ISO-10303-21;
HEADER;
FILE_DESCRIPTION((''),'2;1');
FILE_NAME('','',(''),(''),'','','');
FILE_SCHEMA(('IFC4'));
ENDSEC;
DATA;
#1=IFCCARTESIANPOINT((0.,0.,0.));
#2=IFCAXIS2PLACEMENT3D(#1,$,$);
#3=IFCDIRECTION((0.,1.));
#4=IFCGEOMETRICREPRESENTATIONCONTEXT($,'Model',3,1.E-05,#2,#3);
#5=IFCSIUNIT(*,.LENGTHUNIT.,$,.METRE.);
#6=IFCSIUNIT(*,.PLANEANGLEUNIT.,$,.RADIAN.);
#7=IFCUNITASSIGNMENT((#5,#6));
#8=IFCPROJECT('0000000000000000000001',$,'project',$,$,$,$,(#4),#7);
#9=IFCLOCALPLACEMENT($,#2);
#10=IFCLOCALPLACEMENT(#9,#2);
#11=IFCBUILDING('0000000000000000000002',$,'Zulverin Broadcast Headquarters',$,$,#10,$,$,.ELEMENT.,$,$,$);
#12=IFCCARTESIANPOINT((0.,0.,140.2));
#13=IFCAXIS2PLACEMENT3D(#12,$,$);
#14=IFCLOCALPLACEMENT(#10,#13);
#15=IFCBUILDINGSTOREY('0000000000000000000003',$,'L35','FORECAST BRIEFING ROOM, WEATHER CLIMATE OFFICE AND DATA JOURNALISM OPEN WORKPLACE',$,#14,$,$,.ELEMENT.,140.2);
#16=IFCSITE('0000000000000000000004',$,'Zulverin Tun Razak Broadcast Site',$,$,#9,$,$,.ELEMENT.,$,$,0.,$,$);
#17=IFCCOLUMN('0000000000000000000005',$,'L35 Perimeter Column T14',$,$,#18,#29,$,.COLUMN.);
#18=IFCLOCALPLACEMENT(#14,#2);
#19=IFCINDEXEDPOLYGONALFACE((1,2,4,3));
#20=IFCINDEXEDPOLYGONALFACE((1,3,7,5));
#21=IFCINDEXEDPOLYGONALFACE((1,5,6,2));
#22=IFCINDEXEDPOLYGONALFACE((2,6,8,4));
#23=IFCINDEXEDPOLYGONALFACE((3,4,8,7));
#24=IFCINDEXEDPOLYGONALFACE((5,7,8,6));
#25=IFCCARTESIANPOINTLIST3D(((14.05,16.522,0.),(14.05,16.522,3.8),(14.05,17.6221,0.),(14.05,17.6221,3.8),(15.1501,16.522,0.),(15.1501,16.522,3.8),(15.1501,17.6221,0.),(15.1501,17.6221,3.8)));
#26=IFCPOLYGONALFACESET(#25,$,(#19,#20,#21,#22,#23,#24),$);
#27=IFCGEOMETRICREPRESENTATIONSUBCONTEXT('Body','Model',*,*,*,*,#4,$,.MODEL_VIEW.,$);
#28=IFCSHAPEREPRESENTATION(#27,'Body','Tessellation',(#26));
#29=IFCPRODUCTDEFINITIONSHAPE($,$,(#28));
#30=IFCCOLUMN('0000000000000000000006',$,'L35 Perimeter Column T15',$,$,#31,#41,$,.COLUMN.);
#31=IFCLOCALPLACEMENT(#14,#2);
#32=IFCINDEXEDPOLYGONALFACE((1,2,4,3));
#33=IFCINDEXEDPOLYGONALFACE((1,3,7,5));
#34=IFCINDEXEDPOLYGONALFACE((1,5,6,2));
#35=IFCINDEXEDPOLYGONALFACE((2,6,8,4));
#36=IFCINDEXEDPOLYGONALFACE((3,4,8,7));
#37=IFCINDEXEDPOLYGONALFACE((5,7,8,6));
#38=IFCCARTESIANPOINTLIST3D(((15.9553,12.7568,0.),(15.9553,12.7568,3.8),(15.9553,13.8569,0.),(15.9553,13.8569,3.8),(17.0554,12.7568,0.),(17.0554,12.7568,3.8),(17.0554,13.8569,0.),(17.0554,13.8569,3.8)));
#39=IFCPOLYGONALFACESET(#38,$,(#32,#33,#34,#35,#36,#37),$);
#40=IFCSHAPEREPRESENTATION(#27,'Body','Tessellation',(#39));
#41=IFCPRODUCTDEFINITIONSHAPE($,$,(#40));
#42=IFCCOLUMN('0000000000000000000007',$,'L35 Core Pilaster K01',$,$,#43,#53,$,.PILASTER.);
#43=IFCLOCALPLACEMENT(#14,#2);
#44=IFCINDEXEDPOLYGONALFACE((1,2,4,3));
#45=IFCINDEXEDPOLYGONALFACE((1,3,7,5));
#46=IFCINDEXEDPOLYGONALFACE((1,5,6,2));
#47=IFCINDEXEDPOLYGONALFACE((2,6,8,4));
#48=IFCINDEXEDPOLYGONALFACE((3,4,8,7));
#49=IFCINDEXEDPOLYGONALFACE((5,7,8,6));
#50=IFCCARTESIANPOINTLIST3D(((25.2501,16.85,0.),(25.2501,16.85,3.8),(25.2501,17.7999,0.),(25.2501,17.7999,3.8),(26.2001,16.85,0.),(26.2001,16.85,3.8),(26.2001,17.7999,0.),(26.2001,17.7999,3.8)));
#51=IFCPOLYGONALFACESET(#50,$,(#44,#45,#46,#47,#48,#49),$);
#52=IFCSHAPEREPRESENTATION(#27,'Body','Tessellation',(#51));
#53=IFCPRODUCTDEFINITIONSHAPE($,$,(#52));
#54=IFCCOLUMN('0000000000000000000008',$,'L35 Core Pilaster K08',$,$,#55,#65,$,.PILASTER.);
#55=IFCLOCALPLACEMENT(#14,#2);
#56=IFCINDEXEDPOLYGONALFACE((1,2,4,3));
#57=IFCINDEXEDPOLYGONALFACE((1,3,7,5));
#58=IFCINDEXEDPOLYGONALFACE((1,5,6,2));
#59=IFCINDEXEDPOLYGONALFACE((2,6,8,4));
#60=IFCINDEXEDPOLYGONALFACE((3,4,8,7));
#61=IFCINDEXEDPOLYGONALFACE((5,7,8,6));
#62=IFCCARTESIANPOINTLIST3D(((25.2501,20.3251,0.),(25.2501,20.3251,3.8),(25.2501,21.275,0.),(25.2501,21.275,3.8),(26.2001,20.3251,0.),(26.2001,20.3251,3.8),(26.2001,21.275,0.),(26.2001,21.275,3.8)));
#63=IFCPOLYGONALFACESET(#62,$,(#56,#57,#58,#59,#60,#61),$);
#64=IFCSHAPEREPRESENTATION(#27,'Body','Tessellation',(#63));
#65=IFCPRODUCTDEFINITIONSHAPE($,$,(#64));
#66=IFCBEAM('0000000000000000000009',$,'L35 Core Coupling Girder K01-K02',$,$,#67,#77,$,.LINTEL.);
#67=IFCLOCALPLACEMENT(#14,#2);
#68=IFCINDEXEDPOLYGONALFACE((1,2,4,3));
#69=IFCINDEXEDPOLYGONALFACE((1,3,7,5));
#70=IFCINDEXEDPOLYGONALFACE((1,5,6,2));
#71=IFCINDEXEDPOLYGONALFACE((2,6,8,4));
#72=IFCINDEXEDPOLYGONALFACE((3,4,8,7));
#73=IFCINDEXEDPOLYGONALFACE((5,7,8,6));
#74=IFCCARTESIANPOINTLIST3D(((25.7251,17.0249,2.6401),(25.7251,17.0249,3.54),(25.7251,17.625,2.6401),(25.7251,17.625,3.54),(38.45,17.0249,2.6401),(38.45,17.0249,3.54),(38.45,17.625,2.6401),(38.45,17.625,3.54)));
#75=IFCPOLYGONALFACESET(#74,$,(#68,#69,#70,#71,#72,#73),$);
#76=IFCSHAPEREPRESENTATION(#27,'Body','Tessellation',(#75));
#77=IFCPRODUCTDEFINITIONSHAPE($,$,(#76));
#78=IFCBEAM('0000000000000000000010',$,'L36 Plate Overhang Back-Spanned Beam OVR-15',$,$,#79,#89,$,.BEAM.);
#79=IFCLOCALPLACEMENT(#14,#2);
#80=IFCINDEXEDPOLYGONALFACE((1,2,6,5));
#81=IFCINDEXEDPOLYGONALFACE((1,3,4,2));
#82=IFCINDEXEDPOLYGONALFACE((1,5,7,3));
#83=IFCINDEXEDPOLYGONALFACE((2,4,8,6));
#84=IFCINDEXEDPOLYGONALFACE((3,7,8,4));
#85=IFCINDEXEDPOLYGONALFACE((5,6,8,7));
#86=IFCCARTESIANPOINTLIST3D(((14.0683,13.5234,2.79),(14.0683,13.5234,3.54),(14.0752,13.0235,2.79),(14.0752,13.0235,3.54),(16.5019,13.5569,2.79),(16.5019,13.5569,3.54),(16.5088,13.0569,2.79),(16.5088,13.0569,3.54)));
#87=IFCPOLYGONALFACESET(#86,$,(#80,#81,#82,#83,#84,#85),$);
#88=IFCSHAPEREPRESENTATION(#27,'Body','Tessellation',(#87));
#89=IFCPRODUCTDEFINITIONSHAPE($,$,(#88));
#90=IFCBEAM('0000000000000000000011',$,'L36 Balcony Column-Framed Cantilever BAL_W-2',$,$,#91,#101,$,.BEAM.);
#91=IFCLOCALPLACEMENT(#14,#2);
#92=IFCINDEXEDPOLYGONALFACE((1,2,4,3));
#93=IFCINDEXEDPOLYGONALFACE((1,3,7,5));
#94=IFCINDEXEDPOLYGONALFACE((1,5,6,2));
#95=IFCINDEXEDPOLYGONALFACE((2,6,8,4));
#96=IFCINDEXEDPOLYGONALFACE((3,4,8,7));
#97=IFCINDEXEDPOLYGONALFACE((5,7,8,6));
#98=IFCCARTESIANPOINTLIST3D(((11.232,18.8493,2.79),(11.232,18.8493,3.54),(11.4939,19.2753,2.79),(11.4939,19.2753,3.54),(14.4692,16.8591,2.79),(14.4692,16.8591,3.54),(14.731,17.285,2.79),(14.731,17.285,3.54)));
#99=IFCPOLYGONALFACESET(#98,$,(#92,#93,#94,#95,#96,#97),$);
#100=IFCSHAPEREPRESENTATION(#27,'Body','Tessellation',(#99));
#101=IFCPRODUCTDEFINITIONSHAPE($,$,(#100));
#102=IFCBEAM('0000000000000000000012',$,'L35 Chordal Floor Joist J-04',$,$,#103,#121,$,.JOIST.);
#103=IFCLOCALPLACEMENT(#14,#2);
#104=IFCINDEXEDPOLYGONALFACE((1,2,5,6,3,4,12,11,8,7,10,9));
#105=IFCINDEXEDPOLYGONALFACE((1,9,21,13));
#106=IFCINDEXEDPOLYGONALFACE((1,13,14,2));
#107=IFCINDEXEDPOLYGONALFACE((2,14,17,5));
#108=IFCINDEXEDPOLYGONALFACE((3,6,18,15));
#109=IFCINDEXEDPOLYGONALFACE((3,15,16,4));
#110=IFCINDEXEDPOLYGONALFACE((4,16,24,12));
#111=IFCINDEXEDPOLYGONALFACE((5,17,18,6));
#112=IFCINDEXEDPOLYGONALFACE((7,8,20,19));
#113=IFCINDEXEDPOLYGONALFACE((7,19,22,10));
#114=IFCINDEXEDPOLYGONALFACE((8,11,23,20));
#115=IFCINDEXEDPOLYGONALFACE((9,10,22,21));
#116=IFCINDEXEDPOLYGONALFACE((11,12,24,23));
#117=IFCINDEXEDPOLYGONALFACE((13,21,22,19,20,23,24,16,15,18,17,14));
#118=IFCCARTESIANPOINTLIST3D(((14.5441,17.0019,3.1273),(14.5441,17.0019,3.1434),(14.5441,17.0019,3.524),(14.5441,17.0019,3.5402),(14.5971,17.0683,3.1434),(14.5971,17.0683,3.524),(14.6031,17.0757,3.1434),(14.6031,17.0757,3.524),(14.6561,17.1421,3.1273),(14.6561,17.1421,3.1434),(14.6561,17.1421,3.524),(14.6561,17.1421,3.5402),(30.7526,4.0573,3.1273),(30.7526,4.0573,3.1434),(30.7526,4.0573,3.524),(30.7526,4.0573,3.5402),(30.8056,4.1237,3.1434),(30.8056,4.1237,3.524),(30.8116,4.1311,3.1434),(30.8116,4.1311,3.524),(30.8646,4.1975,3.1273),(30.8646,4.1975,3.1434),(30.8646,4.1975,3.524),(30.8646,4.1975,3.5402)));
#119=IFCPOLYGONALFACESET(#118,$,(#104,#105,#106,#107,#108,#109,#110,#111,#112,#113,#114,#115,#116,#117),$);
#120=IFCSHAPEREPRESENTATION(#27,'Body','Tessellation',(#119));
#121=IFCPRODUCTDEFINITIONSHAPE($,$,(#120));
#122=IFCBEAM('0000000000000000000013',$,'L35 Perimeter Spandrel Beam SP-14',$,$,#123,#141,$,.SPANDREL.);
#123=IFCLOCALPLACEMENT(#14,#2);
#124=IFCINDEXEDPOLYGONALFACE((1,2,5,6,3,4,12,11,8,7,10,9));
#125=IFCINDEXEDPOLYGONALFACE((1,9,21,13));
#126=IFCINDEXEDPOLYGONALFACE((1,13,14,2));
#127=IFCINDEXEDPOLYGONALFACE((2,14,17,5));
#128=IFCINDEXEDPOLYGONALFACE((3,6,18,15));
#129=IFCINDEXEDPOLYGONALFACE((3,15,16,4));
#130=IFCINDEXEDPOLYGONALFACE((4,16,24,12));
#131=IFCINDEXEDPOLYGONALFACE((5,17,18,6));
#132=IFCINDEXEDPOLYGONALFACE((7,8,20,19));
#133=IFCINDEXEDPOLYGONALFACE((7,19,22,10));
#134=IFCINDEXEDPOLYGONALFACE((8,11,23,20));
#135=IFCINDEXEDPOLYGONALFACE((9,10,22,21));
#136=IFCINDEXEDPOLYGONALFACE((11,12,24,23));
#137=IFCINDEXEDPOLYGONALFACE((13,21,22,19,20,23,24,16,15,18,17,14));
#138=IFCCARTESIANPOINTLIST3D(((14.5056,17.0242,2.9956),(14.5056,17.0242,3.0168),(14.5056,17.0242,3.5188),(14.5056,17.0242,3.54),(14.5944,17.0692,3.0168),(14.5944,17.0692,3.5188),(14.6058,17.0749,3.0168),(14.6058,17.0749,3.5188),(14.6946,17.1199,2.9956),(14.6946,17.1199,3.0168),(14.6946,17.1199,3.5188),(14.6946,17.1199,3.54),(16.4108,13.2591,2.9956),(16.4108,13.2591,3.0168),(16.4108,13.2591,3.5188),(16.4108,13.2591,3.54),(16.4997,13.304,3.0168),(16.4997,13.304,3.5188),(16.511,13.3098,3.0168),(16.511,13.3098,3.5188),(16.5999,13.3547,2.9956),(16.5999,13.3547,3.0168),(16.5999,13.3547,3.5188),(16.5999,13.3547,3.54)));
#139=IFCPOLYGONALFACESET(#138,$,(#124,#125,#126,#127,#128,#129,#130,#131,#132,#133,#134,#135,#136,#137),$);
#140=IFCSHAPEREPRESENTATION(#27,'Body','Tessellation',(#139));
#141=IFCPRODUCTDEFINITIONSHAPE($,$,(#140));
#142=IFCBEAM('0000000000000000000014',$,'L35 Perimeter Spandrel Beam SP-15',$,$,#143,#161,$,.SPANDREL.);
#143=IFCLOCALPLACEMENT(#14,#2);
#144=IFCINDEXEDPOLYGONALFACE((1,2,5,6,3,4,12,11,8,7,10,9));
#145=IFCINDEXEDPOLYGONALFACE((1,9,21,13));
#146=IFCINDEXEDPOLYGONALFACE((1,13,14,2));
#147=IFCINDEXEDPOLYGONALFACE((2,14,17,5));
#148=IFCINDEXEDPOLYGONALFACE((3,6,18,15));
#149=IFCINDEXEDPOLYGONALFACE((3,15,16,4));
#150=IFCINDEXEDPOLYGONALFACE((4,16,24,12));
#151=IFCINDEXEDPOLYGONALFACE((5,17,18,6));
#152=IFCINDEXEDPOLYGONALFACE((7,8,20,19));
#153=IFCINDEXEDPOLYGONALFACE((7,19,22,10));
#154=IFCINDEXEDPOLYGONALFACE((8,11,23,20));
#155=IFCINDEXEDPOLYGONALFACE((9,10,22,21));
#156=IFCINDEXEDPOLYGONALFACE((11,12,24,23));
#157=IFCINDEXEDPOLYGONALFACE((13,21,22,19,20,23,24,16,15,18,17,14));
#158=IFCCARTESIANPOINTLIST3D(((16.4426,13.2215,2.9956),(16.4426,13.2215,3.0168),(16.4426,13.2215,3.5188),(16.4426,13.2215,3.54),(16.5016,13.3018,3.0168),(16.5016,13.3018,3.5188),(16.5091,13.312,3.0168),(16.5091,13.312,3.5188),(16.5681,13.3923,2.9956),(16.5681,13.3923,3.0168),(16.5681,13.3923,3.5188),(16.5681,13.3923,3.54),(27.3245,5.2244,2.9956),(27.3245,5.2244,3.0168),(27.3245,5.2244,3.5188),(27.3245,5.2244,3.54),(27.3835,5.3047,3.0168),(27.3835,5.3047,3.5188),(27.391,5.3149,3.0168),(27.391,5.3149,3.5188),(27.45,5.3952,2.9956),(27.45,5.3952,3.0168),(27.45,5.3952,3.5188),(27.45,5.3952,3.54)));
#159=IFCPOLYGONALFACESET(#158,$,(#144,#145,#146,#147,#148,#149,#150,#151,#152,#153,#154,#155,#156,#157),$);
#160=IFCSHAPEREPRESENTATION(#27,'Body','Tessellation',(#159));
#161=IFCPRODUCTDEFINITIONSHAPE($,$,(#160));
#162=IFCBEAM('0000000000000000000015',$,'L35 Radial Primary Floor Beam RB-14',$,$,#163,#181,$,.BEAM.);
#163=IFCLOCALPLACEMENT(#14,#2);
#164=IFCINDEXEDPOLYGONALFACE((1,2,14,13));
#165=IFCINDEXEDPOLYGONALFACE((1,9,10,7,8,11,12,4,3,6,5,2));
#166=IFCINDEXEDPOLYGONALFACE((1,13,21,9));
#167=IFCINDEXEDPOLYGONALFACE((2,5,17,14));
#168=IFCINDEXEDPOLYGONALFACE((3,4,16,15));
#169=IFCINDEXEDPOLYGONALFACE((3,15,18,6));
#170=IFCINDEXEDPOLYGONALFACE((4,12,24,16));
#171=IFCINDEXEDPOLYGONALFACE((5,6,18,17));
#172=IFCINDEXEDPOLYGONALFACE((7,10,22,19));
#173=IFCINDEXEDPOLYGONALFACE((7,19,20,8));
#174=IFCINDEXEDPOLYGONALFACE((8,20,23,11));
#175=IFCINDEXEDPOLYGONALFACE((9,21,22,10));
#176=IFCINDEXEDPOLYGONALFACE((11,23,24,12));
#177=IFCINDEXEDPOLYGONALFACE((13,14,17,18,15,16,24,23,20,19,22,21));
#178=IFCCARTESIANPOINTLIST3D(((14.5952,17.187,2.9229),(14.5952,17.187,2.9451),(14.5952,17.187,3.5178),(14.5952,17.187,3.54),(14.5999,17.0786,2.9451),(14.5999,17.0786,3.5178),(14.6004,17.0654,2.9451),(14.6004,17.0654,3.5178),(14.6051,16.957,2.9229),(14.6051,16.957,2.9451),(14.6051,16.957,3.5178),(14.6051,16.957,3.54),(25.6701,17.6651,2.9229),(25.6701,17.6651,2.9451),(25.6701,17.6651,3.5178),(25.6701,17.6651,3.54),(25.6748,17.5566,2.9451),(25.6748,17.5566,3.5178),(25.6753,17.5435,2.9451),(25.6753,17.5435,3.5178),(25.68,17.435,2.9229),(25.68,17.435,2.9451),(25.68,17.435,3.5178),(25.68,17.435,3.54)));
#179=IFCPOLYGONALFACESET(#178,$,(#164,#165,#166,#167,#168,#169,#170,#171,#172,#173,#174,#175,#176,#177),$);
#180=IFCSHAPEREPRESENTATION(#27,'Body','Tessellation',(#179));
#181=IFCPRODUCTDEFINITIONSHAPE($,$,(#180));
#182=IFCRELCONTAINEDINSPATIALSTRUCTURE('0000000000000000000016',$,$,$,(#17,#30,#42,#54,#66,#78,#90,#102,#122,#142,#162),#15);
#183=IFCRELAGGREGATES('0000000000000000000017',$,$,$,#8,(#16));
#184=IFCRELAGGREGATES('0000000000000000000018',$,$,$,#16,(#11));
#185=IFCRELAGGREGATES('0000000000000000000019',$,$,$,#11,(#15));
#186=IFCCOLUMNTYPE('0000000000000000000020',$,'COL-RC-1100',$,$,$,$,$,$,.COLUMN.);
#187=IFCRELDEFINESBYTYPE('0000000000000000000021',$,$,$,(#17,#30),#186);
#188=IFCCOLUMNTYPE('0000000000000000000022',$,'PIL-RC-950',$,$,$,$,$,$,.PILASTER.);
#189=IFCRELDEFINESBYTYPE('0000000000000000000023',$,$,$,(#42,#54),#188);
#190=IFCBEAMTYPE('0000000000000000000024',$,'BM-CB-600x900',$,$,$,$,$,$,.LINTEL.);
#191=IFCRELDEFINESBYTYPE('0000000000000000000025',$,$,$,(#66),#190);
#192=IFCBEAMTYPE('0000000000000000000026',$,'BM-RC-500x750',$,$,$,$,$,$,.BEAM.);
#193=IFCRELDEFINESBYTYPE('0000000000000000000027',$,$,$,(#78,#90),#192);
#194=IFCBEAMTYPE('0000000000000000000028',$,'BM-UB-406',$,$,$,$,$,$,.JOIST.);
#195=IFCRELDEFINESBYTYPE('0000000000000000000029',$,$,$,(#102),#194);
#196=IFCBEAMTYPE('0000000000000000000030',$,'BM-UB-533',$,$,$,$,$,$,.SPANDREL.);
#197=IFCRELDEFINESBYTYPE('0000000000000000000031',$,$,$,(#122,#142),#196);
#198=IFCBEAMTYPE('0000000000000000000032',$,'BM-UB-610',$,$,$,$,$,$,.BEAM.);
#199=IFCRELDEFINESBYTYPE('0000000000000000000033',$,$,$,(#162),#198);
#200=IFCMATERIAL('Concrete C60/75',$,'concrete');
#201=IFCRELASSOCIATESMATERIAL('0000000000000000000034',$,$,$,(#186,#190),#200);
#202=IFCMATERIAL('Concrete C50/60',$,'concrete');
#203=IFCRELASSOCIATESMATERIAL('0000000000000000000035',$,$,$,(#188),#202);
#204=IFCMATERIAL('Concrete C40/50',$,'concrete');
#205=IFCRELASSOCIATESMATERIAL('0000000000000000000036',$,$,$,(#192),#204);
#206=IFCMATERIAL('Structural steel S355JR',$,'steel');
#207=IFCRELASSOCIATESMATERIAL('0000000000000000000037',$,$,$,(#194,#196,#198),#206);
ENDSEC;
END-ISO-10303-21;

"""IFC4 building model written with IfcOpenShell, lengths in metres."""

from ifc_helpers import new_model, si_unit, direction, frame, origin, origin_2d, place, context, subcontext, project, spatial, rectangle, i_section, extrude, material, material_profile, profile_set, type_object, element, save


model = new_model("IFC4")

# Units and contexts
model_context = context("Model", 3, precision=1e-05, world=origin(), true_north=direction((0.0, 1.0)))
body_context = subcontext(model_context, "Body", "Model", "MODEL_VIEW")
ifc_project = project(units=[si_unit("LENGTHUNIT", "METRE"), si_unit("PLANEANGLEUNIT", "RADIAN")], contexts=[model_context])

# Site, building, storey
site_placement = place(None, origin())
site = spatial("IfcSite", under=ifc_project, at=site_placement, Name="Zulverin Tun Razak Broadcast Site", CompositionType="ELEMENT", RefElevation=0.0)
building_placement = place(site_placement, origin())
building = spatial("IfcBuilding", under=site, at=building_placement, Name="Zulverin Broadcast Headquarters", CompositionType="ELEMENT")
storey_placement = place(building_placement, frame((0.0, 0.0, 140.2)))
storey = spatial("IfcBuildingStorey", under=building, at=storey_placement, Name="L35", Description="FORECAST BRIEFING ROOM, WEATHER CLIMATE OFFICE AND DATA JOURNALISM OPEN WORKPLACE", CompositionType="ELEMENT", Elevation=140.2)

# Columns
ifc_material_1 = material(Name="Concrete C60/75", Category="concrete")
ifc_material_profile_1 = material_profile(ifc_material_1, rectangle(XDim=1.1001, YDim=1.1001, at=origin_2d()), Name="Concrete C60/75", Category="concrete")
ifc_profile_set_1 = profile_set([ifc_material_profile_1], Name="Concrete C60/75")
column_type_1 = type_object("IfcColumnType", Name="COL-RC-1100", PredefinedType="COLUMN", material=ifc_profile_set_1)
for number, where, z_axis, x_axis, name in (
    (1, (14.6001, 17.072, 0.0), (0.0, 0.0, 1.0), (1.0, 0.0, 0.0), "L35 Perimeter Column T14"),
    (2, (16.5054, 13.3069, 0.0), (0.0, 0.0, 1.0), (1.0, 0.0, 0.0), "L35 Perimeter Column T15"),
):
    element("IfcColumn", number, at=place(storey_placement, frame(where, z_axis=z_axis, x_axis=x_axis)), inside=storey, type_object=column_type_1, Name=name, PredefinedType="COLUMN", context=body_context, shape_type="SweptSolid", body=[
        extrude(rectangle(XDim=1.1001, YDim=1.1001, at=origin_2d()), origin(), (0.0, 0.0, 1.0), 3.8),
    ])
ifc_material_2 = material(Name="Concrete C50/60", Category="concrete")
ifc_material_profile_2 = material_profile(ifc_material_2, rectangle(XDim=0.95, YDim=0.95, at=origin_2d()), Name="Concrete C50/60", Category="concrete")
ifc_profile_set_2 = profile_set([ifc_material_profile_2], Name="Concrete C50/60")
column_type_2 = type_object("IfcColumnType", Name="PIL-RC-950", PredefinedType="PILASTER", material=ifc_profile_set_2)
for number, where, z_axis, x_axis, name in (
    (3, (25.7251, 17.325, 0.0), (0.0, 0.0, 1.0), (1.0, 0.0, 0.0), "L35 Core Pilaster K01"),
    (4, (25.7251, 20.8, 0.0), (0.0, 0.0, 1.0), (1.0, 0.0, 0.0), "L35 Core Pilaster K08"),
):
    element("IfcColumn", number, at=place(storey_placement, frame(where, z_axis=z_axis, x_axis=x_axis)), inside=storey, type_object=column_type_2, Name=name, PredefinedType="PILASTER", context=body_context, shape_type="SweptSolid", body=[
        extrude(rectangle(XDim=0.95, YDim=0.95, at=origin_2d()), origin(), (0.0, 0.0, 1.0), 3.8),
    ])

# Beams
ifc_material_profile_3 = material_profile(ifc_material_1, rectangle(XDim=0.6001, YDim=0.8999, at=origin_2d()), Name="Concrete C60/75", Category="concrete")
ifc_profile_set_3 = profile_set([ifc_material_profile_3], Name="Concrete C60/75")
beam_type_1 = type_object("IfcBeamType", Name="BM-CB-600x900", PredefinedType="LINTEL", material=ifc_profile_set_3)
beam_1_placement = place(storey_placement, frame((25.7251, 17.325, 3.0901), z_axis=(1.0, 0.0, 0.0), x_axis=(0.0, 1.0, 0.0)))
element("IfcBeam", 5, at=beam_1_placement, inside=storey, type_object=beam_type_1, Name="L35 Core Coupling Girder K01-K02", PredefinedType="LINTEL", context=body_context, shape_type="SweptSolid", body=[
    extrude(rectangle(XDim=0.6001, YDim=0.8999, at=origin_2d()), origin(), (0.0, 0.0, 1.0), 12.7249),
])
ifc_material_3 = material(Name="Concrete C40/50", Category="concrete")
ifc_material_profile_4 = material_profile(ifc_material_3, rectangle(XDim=0.5, YDim=0.75, at=origin_2d()), Name="Concrete C40/50", Category="concrete")
ifc_profile_set_4 = profile_set([ifc_material_profile_4], Name="Concrete C40/50")
beam_type_2 = type_object("IfcBeamType", Name="BM-RC-500x750", PredefinedType="BEAM", material=ifc_profile_set_4)
beam_2_placement = place(storey_placement, frame((16.5054, 13.3069, 3.165), z_axis=(-0.999906, -0.013743, 0.0), x_axis=(0.013743, -0.999906, 0.0)))
element("IfcBeam", 6, at=beam_2_placement, inside=storey, type_object=beam_type_2, Name="L36 Plate Overhang Back-Spanned Beam OVR-15", PredefinedType="BEAM", context=body_context, shape_type="SweptSolid", body=[
    extrude(rectangle(XDim=0.5, YDim=0.75, at=origin_2d()), origin(), (0.0, 0.0, 1.0), 2.4338),
])
beam_3_placement = place(storey_placement, frame((14.6001, 17.072, 3.165), z_axis=(-0.85187, 0.523753, 0.0), x_axis=(-0.523753, -0.85187, 0.0)))
element("IfcBeam", 7, at=beam_3_placement, inside=storey, type_object=beam_type_2, Name="L36 Balcony Column-Framed Cantilever BAL_W-2", PredefinedType="BEAM", context=body_context, shape_type="SweptSolid", body=[
    extrude(rectangle(XDim=0.5, YDim=0.75, at=origin_2d()), origin(), (0.0, 0.0, 1.0), 3.8),
])
ifc_material_4 = material(Name="Structural steel S355JR", Category="steel")
ifc_material_profile_5 = material_profile(ifc_material_4, i_section(OverallWidth=0.1794, OverallDepth=0.4128, WebThickness=0.0095, FlangeThickness=0.0161, at=origin_2d()), Name="Structural steel S355JR", Category="steel")
ifc_profile_set_5 = profile_set([ifc_material_profile_5], Name="Structural steel S355JR")
beam_type_3 = type_object("IfcBeamType", Name="BM-UB-406", PredefinedType="JOIST", material=ifc_profile_set_5)
beam_4_placement = place(storey_placement, frame((14.6001, 17.072, 3.3337), z_axis=(0.781391, -0.624042, 0.0), x_axis=(0.624042, 0.781391, 0.0)))
element("IfcBeam", 8, at=beam_4_placement, inside=storey, type_object=beam_type_3, Name="L35 Chordal Floor Joist J-04", PredefinedType="JOIST", context=body_context, shape_type="SweptSolid", body=[
    extrude(i_section(OverallWidth=0.1794, OverallDepth=0.4128, WebThickness=0.0095, FlangeThickness=0.0161, at=origin_2d()), origin(), (0.0, 0.0, 1.0), 20.7432),
])
ifc_material_profile_6 = material_profile(ifc_material_4, i_section(OverallWidth=0.2119, OverallDepth=0.5444, WebThickness=0.0127, FlangeThickness=0.0212, at=origin_2d()), Name="Structural steel S355JR", Category="steel")
ifc_profile_set_6 = profile_set([ifc_material_profile_6], Name="Structural steel S355JR")
beam_type_4 = type_object("IfcBeamType", Name="BM-UB-533", PredefinedType="SPANDREL", material=ifc_profile_set_6)
beam_5_placement = place(storey_placement, frame((14.6001, 17.072, 3.2678), z_axis=(0.451513, -0.892265, 0.0), x_axis=(0.892265, 0.451513, 0.0)))
element("IfcBeam", 9, at=beam_5_placement, inside=storey, type_object=beam_type_4, Name="L35 Perimeter Spandrel Beam SP-14", PredefinedType="SPANDREL", context=body_context, shape_type="SweptSolid", body=[
    extrude(i_section(OverallWidth=0.2119, OverallDepth=0.5444, WebThickness=0.0127, FlangeThickness=0.0212, at=origin_2d()), origin(), (0.0, 0.0, 1.0), 4.2197),
])
beam_6_placement = place(storey_placement, frame((16.5054, 13.3069, 3.2678), z_axis=(0.805802, -0.592185, 0.0), x_axis=(0.592185, 0.805802, 0.0)))
element("IfcBeam", 10, at=beam_6_placement, inside=storey, type_object=beam_type_4, Name="L35 Perimeter Spandrel Beam SP-15", PredefinedType="SPANDREL", context=body_context, shape_type="SweptSolid", body=[
    extrude(i_section(OverallWidth=0.2119, OverallDepth=0.5444, WebThickness=0.0127, FlangeThickness=0.0212, at=origin_2d()), origin(), (0.0, 0.0, 1.0), 13.5044),
])
ifc_material_profile_7 = material_profile(ifc_material_4, i_section(OverallWidth=0.2302, OverallDepth=0.6172, WebThickness=0.0132, FlangeThickness=0.0222, at=origin_2d()), Name="Structural steel S355JR", Category="steel")
ifc_profile_set_7 = profile_set([ifc_material_profile_7], Name="Structural steel S355JR")
beam_type_5 = type_object("IfcBeamType", Name="BM-UB-610", PredefinedType="BEAM", material=ifc_profile_set_7)
beam_7_placement = place(storey_placement, frame((25.675, 17.55, 3.2314), z_axis=(-0.99907, -0.043123, 0.0), x_axis=(0.043123, -0.99907, 0.0)))
element("IfcBeam", 11, at=beam_7_placement, inside=storey, type_object=beam_type_5, Name="L35 Radial Primary Floor Beam RB-14", PredefinedType="BEAM", context=body_context, shape_type="SweptSolid", body=[
    extrude(i_section(OverallWidth=0.2302, OverallDepth=0.6172, WebThickness=0.0132, FlangeThickness=0.0222, at=origin_2d()), origin(), (0.0, 0.0, 1.0), 11.0852),
])

save(model, "model.ifc")
